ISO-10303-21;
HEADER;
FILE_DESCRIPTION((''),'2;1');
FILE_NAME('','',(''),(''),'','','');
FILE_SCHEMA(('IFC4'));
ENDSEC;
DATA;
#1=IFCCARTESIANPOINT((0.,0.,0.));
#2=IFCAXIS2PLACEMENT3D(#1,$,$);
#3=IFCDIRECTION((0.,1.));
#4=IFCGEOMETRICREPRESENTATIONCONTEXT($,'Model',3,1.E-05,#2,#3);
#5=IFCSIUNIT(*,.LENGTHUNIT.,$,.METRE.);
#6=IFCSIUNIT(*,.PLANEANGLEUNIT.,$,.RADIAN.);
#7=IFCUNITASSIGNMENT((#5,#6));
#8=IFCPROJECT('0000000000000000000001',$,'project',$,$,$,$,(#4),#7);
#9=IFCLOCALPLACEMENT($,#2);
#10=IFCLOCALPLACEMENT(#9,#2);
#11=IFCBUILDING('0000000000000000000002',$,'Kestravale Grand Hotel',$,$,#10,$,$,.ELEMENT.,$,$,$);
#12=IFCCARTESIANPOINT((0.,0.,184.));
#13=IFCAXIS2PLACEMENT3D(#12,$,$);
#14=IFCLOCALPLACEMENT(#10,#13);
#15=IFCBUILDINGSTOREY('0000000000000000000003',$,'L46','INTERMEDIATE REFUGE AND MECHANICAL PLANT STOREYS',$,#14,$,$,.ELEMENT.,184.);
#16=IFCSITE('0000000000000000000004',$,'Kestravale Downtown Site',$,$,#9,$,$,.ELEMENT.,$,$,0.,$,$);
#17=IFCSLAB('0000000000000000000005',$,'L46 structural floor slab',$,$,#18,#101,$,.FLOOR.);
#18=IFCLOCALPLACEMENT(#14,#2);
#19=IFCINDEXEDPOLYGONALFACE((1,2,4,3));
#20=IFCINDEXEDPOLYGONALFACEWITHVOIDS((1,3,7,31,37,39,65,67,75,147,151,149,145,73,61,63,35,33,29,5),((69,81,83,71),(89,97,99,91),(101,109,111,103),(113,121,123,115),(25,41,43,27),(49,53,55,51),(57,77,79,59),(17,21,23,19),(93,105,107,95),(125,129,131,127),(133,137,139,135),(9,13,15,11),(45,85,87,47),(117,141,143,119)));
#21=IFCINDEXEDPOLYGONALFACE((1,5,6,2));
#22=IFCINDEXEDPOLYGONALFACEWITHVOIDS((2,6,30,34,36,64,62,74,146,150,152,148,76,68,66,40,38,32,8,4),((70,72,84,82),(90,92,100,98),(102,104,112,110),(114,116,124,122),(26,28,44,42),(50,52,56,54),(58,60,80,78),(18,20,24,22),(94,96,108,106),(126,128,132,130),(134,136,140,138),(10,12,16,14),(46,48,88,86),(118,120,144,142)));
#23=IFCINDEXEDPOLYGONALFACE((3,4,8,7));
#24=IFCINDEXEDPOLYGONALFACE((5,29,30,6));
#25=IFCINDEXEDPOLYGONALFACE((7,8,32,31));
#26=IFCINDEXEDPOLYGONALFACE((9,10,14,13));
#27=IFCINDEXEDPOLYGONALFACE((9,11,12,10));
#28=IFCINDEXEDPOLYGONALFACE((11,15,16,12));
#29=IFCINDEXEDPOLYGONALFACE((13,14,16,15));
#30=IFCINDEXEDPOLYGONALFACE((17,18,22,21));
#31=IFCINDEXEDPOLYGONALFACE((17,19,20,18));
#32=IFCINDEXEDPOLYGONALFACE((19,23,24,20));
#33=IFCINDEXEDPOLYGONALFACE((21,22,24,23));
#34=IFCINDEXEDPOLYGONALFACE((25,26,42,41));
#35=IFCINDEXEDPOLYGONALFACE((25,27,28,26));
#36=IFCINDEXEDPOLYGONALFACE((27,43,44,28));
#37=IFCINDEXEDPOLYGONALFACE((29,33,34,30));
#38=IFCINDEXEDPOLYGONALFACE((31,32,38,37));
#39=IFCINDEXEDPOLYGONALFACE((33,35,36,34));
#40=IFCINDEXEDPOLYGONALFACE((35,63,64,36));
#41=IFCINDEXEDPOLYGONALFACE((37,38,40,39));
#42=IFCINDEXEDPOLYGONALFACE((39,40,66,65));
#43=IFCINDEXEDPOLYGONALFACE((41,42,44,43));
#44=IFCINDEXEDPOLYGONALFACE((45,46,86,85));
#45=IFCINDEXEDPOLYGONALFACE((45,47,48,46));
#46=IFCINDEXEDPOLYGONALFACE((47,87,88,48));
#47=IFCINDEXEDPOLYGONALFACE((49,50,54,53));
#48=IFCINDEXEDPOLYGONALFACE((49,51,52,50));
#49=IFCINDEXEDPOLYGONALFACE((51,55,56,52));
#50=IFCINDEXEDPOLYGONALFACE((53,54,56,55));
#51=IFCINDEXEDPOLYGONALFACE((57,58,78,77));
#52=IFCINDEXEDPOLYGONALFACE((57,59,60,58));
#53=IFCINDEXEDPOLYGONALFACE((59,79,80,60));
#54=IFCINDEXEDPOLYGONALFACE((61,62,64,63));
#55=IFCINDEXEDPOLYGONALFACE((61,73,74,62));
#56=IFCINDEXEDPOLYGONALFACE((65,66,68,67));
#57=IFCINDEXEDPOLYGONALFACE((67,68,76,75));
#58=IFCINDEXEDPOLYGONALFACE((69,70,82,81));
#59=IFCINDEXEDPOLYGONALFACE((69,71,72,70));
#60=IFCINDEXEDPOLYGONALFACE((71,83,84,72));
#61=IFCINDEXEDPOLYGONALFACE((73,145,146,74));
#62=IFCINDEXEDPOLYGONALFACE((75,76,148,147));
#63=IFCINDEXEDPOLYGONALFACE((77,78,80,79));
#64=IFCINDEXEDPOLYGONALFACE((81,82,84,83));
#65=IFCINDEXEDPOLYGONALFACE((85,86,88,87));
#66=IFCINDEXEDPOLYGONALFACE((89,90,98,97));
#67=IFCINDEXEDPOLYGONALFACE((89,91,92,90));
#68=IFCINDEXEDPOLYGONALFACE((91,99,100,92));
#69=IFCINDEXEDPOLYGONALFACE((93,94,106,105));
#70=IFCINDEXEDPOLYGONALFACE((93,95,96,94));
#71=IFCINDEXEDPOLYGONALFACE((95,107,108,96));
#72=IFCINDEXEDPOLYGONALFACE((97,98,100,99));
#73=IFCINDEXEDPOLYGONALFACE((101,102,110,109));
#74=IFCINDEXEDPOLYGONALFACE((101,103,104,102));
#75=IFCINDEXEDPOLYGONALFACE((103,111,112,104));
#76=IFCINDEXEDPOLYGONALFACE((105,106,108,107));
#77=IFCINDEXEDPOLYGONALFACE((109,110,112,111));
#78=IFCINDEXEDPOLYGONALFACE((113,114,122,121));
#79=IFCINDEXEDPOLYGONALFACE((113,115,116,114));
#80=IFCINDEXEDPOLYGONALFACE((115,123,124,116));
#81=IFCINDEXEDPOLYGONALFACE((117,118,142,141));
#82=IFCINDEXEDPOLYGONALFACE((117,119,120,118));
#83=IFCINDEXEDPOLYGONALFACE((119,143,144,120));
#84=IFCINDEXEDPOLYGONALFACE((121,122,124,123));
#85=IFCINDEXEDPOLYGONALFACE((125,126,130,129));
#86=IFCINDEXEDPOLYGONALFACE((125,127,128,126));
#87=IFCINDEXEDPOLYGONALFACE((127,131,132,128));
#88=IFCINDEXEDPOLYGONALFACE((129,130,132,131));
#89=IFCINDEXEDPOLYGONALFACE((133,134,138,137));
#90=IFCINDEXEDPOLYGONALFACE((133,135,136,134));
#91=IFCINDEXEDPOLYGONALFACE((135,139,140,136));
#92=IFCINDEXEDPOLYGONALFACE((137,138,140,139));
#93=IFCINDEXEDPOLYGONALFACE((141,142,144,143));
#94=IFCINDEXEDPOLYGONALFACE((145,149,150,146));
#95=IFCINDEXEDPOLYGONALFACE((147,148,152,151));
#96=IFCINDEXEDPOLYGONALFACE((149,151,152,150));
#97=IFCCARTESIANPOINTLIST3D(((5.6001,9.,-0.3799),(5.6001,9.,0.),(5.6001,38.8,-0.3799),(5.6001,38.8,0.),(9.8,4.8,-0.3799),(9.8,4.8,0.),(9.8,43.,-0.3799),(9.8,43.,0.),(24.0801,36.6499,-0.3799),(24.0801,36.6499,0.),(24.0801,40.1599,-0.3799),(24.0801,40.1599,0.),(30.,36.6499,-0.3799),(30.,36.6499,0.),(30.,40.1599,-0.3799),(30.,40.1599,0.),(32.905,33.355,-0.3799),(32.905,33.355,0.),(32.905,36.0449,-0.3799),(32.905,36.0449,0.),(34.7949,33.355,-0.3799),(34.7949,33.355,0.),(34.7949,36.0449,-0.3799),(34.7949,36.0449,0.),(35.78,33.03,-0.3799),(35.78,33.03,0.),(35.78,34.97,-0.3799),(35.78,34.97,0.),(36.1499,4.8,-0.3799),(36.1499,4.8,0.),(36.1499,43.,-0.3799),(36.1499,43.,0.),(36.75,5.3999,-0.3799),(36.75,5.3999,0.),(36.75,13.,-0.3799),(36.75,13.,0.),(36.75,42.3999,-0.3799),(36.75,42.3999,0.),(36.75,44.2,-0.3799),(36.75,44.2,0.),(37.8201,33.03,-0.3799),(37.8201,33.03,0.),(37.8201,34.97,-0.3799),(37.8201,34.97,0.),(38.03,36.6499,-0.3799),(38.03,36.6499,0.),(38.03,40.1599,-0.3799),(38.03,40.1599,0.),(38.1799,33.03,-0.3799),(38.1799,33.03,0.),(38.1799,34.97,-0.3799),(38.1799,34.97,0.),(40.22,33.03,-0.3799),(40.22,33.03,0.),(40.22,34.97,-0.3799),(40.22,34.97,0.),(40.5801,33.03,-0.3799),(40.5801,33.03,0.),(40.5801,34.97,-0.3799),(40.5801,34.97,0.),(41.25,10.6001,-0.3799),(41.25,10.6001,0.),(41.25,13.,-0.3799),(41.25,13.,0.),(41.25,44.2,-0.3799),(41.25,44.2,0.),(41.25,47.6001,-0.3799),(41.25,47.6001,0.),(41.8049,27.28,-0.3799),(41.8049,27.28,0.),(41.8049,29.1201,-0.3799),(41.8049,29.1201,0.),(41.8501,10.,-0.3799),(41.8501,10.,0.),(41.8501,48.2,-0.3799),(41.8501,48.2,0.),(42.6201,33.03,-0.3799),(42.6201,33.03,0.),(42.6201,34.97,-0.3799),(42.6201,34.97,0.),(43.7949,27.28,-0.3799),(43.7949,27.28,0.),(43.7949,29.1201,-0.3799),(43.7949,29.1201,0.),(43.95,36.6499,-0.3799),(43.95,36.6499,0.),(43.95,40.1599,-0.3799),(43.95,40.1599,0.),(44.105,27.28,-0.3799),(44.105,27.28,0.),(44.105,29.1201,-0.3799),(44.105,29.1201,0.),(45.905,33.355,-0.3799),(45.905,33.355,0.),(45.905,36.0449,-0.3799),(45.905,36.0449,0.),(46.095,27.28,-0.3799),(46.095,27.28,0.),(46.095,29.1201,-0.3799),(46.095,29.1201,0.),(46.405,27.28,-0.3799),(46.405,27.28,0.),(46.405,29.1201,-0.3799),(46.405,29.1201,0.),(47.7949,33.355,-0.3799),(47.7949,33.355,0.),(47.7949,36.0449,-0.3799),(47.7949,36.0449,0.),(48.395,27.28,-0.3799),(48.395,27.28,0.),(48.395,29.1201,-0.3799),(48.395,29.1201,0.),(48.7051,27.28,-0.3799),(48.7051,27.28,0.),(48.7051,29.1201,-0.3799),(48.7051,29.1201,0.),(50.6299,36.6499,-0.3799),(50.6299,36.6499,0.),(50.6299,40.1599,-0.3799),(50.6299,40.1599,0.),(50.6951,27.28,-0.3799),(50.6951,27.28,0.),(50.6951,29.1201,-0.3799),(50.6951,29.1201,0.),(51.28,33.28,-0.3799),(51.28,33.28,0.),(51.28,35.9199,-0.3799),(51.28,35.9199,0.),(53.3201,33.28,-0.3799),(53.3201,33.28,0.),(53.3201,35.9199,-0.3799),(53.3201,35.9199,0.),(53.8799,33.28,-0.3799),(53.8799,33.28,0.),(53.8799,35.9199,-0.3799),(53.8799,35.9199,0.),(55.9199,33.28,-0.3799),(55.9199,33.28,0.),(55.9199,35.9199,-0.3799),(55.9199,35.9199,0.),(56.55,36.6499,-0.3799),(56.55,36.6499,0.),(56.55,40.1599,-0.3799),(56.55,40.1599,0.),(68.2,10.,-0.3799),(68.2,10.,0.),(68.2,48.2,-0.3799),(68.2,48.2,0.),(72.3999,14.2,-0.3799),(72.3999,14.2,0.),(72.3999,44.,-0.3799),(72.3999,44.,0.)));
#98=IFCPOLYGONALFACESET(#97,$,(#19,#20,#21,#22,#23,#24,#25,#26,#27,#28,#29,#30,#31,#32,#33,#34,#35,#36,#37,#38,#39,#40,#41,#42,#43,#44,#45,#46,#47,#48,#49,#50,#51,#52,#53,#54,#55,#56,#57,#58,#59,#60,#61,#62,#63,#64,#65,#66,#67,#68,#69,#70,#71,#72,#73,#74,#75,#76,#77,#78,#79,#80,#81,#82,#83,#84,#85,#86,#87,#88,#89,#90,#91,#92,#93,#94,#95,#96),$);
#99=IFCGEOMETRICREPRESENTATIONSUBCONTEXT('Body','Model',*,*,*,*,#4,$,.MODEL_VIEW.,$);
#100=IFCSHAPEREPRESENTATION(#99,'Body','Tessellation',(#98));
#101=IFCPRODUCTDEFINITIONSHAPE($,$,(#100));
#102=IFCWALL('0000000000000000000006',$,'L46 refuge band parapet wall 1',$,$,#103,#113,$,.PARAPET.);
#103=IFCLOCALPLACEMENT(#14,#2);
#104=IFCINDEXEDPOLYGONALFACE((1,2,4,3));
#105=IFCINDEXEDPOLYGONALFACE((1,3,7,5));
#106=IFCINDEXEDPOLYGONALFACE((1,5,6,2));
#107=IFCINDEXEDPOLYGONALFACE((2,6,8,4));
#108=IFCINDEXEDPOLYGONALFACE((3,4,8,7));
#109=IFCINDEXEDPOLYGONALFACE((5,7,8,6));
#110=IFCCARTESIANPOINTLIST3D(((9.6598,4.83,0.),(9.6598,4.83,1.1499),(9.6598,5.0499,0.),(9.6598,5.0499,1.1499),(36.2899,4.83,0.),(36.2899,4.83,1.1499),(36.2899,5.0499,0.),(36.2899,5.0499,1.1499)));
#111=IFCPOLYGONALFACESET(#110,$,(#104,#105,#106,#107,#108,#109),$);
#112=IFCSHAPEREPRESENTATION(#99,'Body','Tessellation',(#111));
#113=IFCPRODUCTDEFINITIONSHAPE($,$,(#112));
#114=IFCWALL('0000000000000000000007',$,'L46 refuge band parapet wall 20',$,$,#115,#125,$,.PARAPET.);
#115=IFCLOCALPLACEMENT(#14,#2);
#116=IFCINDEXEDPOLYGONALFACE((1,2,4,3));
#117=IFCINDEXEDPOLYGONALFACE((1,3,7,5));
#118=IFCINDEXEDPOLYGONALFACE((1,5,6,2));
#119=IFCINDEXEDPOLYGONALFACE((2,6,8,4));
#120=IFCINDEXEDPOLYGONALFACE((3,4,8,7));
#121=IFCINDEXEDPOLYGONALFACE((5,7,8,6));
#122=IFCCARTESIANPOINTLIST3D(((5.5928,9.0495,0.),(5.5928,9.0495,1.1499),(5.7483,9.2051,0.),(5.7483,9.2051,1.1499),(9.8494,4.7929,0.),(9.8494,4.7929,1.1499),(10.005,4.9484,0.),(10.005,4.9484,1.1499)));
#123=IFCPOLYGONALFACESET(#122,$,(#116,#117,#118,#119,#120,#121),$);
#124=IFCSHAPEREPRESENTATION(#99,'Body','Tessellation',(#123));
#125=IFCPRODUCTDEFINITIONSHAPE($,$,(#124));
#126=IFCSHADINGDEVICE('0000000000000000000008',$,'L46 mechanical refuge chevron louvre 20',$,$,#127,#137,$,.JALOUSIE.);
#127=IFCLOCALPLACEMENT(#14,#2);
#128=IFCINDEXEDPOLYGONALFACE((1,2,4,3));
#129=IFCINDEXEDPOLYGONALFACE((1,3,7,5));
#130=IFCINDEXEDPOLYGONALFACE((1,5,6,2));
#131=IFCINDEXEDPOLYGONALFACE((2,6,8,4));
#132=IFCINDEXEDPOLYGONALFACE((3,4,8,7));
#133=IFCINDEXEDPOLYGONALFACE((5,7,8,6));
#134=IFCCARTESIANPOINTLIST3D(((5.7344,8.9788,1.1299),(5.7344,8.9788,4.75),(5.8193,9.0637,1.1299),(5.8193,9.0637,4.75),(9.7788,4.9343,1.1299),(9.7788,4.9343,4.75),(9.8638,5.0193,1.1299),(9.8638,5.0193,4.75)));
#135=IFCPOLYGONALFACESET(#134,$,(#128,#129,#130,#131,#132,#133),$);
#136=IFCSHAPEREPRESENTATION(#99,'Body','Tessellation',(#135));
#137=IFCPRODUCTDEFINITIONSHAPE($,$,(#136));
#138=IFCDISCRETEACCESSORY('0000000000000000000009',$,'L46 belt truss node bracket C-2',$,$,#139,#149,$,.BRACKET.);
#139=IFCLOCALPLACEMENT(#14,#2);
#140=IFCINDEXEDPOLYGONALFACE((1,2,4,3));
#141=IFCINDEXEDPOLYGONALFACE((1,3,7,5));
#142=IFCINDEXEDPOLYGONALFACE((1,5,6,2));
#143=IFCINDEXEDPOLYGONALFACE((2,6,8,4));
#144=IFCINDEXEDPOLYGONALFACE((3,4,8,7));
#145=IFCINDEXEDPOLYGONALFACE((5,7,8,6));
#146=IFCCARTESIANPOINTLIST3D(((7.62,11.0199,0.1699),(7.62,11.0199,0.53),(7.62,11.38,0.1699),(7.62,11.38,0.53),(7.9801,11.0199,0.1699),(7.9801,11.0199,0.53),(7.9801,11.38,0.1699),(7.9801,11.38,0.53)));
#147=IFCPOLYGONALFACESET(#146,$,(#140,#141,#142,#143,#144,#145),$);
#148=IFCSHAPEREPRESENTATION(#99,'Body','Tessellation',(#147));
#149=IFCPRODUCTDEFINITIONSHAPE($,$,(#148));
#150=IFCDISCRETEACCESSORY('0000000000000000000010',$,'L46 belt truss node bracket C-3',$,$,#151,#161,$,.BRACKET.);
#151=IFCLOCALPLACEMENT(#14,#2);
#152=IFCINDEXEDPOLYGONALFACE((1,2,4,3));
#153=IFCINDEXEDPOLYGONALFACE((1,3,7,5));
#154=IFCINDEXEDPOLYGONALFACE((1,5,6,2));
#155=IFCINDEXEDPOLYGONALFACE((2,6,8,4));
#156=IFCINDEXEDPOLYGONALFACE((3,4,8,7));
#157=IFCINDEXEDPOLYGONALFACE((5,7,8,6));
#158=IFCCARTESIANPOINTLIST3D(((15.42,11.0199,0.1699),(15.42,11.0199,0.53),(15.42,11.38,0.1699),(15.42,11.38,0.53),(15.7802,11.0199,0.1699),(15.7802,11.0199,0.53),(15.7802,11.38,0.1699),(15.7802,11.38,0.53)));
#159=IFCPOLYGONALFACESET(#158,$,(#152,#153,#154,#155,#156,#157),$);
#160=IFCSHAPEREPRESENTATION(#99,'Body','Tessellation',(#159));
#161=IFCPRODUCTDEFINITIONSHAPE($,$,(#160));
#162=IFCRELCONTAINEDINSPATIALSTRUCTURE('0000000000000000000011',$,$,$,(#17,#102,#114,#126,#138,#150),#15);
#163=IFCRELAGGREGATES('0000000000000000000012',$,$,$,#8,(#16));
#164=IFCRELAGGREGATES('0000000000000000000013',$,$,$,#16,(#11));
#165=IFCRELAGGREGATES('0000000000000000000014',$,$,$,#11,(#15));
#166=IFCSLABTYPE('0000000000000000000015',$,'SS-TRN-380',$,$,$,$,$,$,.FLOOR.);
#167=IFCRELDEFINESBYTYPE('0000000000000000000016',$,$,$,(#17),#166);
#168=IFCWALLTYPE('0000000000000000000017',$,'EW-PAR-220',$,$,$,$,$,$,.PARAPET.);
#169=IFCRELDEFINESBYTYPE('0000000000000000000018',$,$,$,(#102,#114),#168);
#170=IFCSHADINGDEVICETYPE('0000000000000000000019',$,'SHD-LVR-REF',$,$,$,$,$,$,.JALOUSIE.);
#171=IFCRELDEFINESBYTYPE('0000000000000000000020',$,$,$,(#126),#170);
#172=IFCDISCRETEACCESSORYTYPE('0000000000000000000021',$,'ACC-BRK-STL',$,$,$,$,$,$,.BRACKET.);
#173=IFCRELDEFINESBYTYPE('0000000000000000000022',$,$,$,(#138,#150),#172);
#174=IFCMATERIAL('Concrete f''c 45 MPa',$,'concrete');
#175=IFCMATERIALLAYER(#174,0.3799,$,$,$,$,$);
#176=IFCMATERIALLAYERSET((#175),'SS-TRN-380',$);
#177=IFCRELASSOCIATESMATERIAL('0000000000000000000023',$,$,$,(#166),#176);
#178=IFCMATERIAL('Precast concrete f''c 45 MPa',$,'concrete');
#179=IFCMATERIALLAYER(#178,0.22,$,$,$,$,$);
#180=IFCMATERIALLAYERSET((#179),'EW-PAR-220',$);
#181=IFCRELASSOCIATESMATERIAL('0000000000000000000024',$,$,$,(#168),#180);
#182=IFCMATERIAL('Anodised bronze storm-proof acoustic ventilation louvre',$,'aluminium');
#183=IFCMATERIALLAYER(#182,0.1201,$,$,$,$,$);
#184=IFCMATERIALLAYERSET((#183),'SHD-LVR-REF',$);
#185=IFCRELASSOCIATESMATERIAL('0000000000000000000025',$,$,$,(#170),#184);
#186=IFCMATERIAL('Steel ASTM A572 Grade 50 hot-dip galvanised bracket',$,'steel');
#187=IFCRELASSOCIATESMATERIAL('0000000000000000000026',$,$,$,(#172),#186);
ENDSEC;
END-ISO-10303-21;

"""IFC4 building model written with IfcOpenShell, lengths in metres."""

from ifc_helpers import new_model, si_unit, direction, frame, frame_2d, origin, origin_2d, place, context, subcontext, project, spatial, polyline, rectangle, outline, extrude, material, layer, layer_set, type_object, element, save


model = new_model("IFC4")

# Units and contexts
model_context = context("Model", 3, precision=1e-05, world=origin(), true_north=direction((0.0, 1.0)))
body_context = subcontext(model_context, "Body", "Model", "MODEL_VIEW")
ifc_project = project(units=[si_unit("LENGTHUNIT", "METRE"), si_unit("PLANEANGLEUNIT", "RADIAN")], contexts=[model_context])

# Site, building, storey
site_placement = place(None, origin())
site = spatial("IfcSite", under=ifc_project, at=site_placement, Name="Kestravale Downtown Site", CompositionType="ELEMENT", RefElevation=0.0)
building_placement = place(site_placement, origin())
building = spatial("IfcBuilding", under=site, at=building_placement, Name="Kestravale Grand Hotel", CompositionType="ELEMENT")
storey_placement = place(building_placement, frame((0.0, 0.0, 184.0)))
storey = spatial("IfcBuildingStorey", under=building, at=storey_placement, Name="L46", Description="INTERMEDIATE REFUGE AND MECHANICAL PLANT STOREYS", CompositionType="ELEMENT", Elevation=184.0)

# Slab
ifc_material_1 = material(Name="Concrete f'c 45 MPa", Category="concrete")
ifc_layer_1 = layer(ifc_material_1, 0.3799)
ifc_layer_set_1 = layer_set([ifc_layer_1], Name="SS-TRN-380")
slab_type_1 = type_object("IfcSlabType", Name="SS-TRN-380", PredefinedType="FLOOR", material=ifc_layer_set_1)
slab_1_placement = place(storey_placement, frame((0.0, 0.0, -0.3799)))
element("IfcSlab", 1, at=slab_1_placement, inside=storey, type_object=slab_type_1, Name="L46 structural floor slab", PredefinedType="FLOOR", context=body_context, shape_type="SweptSolid", body=[
    extrude(outline(polyline([(9.8, 4.8), (36.1499, 4.8), (36.75, 5.3999), (36.75, 13.0), (41.25, 13.0), (41.25, 10.6001), (41.8501, 10.0), (68.2, 10.0), (72.3999, 14.2), (72.3999, 44.0), (68.2, 48.2), (41.8501, 48.2), (41.25, 47.6001), (41.25, 44.2), (36.75, 44.2), (36.75, 42.3999), (36.1499, 43.0), (9.8, 43.0), (5.6001, 38.8), (5.6001, 9.0), (9.8, 4.8)]), holes=[polyline([(24.0801, 36.6499), (30.0, 36.6499), (30.0, 40.1599), (24.0801, 40.1599), (24.0801, 36.6499)]), polyline([(38.03, 36.6499), (43.95, 36.6499), (43.95, 40.1599), (38.03, 40.1599), (38.03, 36.6499)]), polyline([(50.6299, 36.6499), (56.55, 36.6499), (56.55, 40.1599), (50.6299, 40.1599), (50.6299, 36.6499)]), polyline([(41.8049, 27.28), (43.7949, 27.28), (43.7949, 29.1201), (41.8049, 29.1201), (41.8049, 27.28)]), polyline([(44.105, 27.28), (46.095, 27.28), (46.095, 29.1201), (44.105, 29.1201), (44.105, 27.28)]), polyline([(46.405, 27.28), (48.395, 27.28), (48.395, 29.1201), (46.405, 29.1201), (46.405, 27.28)]), polyline([(48.7051, 27.28), (50.6951, 27.28), (50.6951, 29.1201), (48.7051, 29.1201), (48.7051, 27.28)]), polyline([(35.78, 33.03), (37.8201, 33.03), (37.8201, 34.97), (35.78, 34.97), (35.78, 33.03)]), polyline([(38.1799, 33.03), (40.22, 33.03), (40.22, 34.97), (38.1799, 34.97), (38.1799, 33.03)]), polyline([(40.5801, 33.03), (42.6201, 33.03), (42.6201, 34.97), (40.5801, 34.97), (40.5801, 33.03)]), polyline([(32.905, 33.355), (34.7949, 33.355), (34.7949, 36.0449), (32.905, 36.0449), (32.905, 33.355)]), polyline([(45.905, 33.355), (47.7949, 33.355), (47.7949, 36.0449), (45.905, 36.0449), (45.905, 33.355)]), polyline([(51.28, 33.28), (53.3201, 33.28), (53.3201, 35.9199), (51.28, 35.9199), (51.28, 33.28)]), polyline([(53.8799, 33.28), (55.9199, 33.28), (55.9199, 35.9199), (53.8799, 35.9199), (53.8799, 33.28)])]), origin(), (0.0, 0.0, 1.0), 0.3799),
])

# Walls
ifc_material_2 = material(Name="Precast concrete f'c 45 MPa", Category="concrete")
ifc_layer_2 = layer(ifc_material_2, 0.22)
ifc_layer_set_2 = layer_set([ifc_layer_2], Name="EW-PAR-220")
wall_type = type_object("IfcWallType", Name="EW-PAR-220", PredefinedType="PARAPET", material=ifc_layer_set_2)
wall_1_placement = place(storey_placement, frame((9.6599, 4.9399, 0.0), z_axis=(0.0, 0.0, 1.0), x_axis=(1.0, 0.0, 0.0)))
element("IfcWall", 2, at=wall_1_placement, inside=storey, type_object=wall_type, Name="L46 refuge band parapet wall 1", PredefinedType="PARAPET", context=body_context, shape_type="SweptSolid", body=[
    extrude(rectangle(XDim=26.6301, YDim=0.22, at=frame_2d((13.3149, 0.0))), origin(), (0.0, 0.0, 1.0), 1.1499),
])
wall_2_placement = place(storey_placement, frame((5.6707, 9.1272, 0.0), z_axis=(0.0, 0.0, 1.0), x_axis=(0.707107, -0.707107, 0.0)))
element("IfcWall", 3, at=wall_2_placement, inside=storey, type_object=wall_type, Name="L46 refuge band parapet wall 20", PredefinedType="PARAPET", context=body_context, shape_type="SweptSolid", body=[
    extrude(rectangle(XDim=6.0198, YDim=0.22, at=frame_2d((3.0098, 0.0))), origin(), (0.0, 0.0, 1.0), 1.1499),
])

# Shading device
ifc_material_3 = material(Name="Anodised bronze storm-proof acoustic ventilation louvre", Category="aluminium")
ifc_layer_3 = layer(ifc_material_3, 0.1201)
ifc_layer_set_3 = layer_set([ifc_layer_3], Name="SHD-LVR-REF")
shading_device_type = type_object("IfcShadingDeviceType", Name="SHD-LVR-REF", PredefinedType="JALOUSIE", material=ifc_layer_set_3)
shading_device_placement = place(storey_placement, frame((7.7991, 6.999, 1.1299), z_axis=(0.0, 0.0, 1.0), x_axis=(0.707107, -0.707107, 0.0)))
element("IfcShadingDevice", 4, at=shading_device_placement, inside=storey, type_object=shading_device_type, Name="L46 mechanical refuge chevron louvre 20", PredefinedType="JALOUSIE", context=body_context, shape_type="SweptSolid", body=[
    extrude(rectangle(XDim=5.7197, YDim=0.1201, at=origin_2d()), origin(), (0.0, 0.0, 1.0), 3.6201),
])

# Discrete accessories
ifc_material_4 = material(Name="Steel ASTM A572 Grade 50 hot-dip galvanised bracket", Category="steel")
discrete_accessory_type = type_object("IfcDiscreteAccessoryType", Name="ACC-BRK-STL", PredefinedType="BRACKET", material=ifc_material_4)
for number, where, z_axis, x_axis, name in (
    (5, (7.8, 11.2, 0.1699), (0.0, 0.0, 1.0), (1.0, 0.0, 0.0), "L46 belt truss node bracket C-2"),
    (6, (15.6001, 11.2, 0.1699), (0.0, 0.0, 1.0), (1.0, 0.0, 0.0), "L46 belt truss node bracket C-3"),
):
    element("IfcDiscreteAccessory", number, at=place(storey_placement, frame(where, z_axis=z_axis, x_axis=x_axis)), inside=storey, type_object=discrete_accessory_type, Name=name, PredefinedType="BRACKET", context=body_context, shape_type="SweptSolid", body=[
        extrude(rectangle(XDim=0.3601, YDim=0.3601, at=origin_2d()), origin(), (0.0, 0.0, 1.0), 0.3601),
    ])

save(model, "model.ifc")
